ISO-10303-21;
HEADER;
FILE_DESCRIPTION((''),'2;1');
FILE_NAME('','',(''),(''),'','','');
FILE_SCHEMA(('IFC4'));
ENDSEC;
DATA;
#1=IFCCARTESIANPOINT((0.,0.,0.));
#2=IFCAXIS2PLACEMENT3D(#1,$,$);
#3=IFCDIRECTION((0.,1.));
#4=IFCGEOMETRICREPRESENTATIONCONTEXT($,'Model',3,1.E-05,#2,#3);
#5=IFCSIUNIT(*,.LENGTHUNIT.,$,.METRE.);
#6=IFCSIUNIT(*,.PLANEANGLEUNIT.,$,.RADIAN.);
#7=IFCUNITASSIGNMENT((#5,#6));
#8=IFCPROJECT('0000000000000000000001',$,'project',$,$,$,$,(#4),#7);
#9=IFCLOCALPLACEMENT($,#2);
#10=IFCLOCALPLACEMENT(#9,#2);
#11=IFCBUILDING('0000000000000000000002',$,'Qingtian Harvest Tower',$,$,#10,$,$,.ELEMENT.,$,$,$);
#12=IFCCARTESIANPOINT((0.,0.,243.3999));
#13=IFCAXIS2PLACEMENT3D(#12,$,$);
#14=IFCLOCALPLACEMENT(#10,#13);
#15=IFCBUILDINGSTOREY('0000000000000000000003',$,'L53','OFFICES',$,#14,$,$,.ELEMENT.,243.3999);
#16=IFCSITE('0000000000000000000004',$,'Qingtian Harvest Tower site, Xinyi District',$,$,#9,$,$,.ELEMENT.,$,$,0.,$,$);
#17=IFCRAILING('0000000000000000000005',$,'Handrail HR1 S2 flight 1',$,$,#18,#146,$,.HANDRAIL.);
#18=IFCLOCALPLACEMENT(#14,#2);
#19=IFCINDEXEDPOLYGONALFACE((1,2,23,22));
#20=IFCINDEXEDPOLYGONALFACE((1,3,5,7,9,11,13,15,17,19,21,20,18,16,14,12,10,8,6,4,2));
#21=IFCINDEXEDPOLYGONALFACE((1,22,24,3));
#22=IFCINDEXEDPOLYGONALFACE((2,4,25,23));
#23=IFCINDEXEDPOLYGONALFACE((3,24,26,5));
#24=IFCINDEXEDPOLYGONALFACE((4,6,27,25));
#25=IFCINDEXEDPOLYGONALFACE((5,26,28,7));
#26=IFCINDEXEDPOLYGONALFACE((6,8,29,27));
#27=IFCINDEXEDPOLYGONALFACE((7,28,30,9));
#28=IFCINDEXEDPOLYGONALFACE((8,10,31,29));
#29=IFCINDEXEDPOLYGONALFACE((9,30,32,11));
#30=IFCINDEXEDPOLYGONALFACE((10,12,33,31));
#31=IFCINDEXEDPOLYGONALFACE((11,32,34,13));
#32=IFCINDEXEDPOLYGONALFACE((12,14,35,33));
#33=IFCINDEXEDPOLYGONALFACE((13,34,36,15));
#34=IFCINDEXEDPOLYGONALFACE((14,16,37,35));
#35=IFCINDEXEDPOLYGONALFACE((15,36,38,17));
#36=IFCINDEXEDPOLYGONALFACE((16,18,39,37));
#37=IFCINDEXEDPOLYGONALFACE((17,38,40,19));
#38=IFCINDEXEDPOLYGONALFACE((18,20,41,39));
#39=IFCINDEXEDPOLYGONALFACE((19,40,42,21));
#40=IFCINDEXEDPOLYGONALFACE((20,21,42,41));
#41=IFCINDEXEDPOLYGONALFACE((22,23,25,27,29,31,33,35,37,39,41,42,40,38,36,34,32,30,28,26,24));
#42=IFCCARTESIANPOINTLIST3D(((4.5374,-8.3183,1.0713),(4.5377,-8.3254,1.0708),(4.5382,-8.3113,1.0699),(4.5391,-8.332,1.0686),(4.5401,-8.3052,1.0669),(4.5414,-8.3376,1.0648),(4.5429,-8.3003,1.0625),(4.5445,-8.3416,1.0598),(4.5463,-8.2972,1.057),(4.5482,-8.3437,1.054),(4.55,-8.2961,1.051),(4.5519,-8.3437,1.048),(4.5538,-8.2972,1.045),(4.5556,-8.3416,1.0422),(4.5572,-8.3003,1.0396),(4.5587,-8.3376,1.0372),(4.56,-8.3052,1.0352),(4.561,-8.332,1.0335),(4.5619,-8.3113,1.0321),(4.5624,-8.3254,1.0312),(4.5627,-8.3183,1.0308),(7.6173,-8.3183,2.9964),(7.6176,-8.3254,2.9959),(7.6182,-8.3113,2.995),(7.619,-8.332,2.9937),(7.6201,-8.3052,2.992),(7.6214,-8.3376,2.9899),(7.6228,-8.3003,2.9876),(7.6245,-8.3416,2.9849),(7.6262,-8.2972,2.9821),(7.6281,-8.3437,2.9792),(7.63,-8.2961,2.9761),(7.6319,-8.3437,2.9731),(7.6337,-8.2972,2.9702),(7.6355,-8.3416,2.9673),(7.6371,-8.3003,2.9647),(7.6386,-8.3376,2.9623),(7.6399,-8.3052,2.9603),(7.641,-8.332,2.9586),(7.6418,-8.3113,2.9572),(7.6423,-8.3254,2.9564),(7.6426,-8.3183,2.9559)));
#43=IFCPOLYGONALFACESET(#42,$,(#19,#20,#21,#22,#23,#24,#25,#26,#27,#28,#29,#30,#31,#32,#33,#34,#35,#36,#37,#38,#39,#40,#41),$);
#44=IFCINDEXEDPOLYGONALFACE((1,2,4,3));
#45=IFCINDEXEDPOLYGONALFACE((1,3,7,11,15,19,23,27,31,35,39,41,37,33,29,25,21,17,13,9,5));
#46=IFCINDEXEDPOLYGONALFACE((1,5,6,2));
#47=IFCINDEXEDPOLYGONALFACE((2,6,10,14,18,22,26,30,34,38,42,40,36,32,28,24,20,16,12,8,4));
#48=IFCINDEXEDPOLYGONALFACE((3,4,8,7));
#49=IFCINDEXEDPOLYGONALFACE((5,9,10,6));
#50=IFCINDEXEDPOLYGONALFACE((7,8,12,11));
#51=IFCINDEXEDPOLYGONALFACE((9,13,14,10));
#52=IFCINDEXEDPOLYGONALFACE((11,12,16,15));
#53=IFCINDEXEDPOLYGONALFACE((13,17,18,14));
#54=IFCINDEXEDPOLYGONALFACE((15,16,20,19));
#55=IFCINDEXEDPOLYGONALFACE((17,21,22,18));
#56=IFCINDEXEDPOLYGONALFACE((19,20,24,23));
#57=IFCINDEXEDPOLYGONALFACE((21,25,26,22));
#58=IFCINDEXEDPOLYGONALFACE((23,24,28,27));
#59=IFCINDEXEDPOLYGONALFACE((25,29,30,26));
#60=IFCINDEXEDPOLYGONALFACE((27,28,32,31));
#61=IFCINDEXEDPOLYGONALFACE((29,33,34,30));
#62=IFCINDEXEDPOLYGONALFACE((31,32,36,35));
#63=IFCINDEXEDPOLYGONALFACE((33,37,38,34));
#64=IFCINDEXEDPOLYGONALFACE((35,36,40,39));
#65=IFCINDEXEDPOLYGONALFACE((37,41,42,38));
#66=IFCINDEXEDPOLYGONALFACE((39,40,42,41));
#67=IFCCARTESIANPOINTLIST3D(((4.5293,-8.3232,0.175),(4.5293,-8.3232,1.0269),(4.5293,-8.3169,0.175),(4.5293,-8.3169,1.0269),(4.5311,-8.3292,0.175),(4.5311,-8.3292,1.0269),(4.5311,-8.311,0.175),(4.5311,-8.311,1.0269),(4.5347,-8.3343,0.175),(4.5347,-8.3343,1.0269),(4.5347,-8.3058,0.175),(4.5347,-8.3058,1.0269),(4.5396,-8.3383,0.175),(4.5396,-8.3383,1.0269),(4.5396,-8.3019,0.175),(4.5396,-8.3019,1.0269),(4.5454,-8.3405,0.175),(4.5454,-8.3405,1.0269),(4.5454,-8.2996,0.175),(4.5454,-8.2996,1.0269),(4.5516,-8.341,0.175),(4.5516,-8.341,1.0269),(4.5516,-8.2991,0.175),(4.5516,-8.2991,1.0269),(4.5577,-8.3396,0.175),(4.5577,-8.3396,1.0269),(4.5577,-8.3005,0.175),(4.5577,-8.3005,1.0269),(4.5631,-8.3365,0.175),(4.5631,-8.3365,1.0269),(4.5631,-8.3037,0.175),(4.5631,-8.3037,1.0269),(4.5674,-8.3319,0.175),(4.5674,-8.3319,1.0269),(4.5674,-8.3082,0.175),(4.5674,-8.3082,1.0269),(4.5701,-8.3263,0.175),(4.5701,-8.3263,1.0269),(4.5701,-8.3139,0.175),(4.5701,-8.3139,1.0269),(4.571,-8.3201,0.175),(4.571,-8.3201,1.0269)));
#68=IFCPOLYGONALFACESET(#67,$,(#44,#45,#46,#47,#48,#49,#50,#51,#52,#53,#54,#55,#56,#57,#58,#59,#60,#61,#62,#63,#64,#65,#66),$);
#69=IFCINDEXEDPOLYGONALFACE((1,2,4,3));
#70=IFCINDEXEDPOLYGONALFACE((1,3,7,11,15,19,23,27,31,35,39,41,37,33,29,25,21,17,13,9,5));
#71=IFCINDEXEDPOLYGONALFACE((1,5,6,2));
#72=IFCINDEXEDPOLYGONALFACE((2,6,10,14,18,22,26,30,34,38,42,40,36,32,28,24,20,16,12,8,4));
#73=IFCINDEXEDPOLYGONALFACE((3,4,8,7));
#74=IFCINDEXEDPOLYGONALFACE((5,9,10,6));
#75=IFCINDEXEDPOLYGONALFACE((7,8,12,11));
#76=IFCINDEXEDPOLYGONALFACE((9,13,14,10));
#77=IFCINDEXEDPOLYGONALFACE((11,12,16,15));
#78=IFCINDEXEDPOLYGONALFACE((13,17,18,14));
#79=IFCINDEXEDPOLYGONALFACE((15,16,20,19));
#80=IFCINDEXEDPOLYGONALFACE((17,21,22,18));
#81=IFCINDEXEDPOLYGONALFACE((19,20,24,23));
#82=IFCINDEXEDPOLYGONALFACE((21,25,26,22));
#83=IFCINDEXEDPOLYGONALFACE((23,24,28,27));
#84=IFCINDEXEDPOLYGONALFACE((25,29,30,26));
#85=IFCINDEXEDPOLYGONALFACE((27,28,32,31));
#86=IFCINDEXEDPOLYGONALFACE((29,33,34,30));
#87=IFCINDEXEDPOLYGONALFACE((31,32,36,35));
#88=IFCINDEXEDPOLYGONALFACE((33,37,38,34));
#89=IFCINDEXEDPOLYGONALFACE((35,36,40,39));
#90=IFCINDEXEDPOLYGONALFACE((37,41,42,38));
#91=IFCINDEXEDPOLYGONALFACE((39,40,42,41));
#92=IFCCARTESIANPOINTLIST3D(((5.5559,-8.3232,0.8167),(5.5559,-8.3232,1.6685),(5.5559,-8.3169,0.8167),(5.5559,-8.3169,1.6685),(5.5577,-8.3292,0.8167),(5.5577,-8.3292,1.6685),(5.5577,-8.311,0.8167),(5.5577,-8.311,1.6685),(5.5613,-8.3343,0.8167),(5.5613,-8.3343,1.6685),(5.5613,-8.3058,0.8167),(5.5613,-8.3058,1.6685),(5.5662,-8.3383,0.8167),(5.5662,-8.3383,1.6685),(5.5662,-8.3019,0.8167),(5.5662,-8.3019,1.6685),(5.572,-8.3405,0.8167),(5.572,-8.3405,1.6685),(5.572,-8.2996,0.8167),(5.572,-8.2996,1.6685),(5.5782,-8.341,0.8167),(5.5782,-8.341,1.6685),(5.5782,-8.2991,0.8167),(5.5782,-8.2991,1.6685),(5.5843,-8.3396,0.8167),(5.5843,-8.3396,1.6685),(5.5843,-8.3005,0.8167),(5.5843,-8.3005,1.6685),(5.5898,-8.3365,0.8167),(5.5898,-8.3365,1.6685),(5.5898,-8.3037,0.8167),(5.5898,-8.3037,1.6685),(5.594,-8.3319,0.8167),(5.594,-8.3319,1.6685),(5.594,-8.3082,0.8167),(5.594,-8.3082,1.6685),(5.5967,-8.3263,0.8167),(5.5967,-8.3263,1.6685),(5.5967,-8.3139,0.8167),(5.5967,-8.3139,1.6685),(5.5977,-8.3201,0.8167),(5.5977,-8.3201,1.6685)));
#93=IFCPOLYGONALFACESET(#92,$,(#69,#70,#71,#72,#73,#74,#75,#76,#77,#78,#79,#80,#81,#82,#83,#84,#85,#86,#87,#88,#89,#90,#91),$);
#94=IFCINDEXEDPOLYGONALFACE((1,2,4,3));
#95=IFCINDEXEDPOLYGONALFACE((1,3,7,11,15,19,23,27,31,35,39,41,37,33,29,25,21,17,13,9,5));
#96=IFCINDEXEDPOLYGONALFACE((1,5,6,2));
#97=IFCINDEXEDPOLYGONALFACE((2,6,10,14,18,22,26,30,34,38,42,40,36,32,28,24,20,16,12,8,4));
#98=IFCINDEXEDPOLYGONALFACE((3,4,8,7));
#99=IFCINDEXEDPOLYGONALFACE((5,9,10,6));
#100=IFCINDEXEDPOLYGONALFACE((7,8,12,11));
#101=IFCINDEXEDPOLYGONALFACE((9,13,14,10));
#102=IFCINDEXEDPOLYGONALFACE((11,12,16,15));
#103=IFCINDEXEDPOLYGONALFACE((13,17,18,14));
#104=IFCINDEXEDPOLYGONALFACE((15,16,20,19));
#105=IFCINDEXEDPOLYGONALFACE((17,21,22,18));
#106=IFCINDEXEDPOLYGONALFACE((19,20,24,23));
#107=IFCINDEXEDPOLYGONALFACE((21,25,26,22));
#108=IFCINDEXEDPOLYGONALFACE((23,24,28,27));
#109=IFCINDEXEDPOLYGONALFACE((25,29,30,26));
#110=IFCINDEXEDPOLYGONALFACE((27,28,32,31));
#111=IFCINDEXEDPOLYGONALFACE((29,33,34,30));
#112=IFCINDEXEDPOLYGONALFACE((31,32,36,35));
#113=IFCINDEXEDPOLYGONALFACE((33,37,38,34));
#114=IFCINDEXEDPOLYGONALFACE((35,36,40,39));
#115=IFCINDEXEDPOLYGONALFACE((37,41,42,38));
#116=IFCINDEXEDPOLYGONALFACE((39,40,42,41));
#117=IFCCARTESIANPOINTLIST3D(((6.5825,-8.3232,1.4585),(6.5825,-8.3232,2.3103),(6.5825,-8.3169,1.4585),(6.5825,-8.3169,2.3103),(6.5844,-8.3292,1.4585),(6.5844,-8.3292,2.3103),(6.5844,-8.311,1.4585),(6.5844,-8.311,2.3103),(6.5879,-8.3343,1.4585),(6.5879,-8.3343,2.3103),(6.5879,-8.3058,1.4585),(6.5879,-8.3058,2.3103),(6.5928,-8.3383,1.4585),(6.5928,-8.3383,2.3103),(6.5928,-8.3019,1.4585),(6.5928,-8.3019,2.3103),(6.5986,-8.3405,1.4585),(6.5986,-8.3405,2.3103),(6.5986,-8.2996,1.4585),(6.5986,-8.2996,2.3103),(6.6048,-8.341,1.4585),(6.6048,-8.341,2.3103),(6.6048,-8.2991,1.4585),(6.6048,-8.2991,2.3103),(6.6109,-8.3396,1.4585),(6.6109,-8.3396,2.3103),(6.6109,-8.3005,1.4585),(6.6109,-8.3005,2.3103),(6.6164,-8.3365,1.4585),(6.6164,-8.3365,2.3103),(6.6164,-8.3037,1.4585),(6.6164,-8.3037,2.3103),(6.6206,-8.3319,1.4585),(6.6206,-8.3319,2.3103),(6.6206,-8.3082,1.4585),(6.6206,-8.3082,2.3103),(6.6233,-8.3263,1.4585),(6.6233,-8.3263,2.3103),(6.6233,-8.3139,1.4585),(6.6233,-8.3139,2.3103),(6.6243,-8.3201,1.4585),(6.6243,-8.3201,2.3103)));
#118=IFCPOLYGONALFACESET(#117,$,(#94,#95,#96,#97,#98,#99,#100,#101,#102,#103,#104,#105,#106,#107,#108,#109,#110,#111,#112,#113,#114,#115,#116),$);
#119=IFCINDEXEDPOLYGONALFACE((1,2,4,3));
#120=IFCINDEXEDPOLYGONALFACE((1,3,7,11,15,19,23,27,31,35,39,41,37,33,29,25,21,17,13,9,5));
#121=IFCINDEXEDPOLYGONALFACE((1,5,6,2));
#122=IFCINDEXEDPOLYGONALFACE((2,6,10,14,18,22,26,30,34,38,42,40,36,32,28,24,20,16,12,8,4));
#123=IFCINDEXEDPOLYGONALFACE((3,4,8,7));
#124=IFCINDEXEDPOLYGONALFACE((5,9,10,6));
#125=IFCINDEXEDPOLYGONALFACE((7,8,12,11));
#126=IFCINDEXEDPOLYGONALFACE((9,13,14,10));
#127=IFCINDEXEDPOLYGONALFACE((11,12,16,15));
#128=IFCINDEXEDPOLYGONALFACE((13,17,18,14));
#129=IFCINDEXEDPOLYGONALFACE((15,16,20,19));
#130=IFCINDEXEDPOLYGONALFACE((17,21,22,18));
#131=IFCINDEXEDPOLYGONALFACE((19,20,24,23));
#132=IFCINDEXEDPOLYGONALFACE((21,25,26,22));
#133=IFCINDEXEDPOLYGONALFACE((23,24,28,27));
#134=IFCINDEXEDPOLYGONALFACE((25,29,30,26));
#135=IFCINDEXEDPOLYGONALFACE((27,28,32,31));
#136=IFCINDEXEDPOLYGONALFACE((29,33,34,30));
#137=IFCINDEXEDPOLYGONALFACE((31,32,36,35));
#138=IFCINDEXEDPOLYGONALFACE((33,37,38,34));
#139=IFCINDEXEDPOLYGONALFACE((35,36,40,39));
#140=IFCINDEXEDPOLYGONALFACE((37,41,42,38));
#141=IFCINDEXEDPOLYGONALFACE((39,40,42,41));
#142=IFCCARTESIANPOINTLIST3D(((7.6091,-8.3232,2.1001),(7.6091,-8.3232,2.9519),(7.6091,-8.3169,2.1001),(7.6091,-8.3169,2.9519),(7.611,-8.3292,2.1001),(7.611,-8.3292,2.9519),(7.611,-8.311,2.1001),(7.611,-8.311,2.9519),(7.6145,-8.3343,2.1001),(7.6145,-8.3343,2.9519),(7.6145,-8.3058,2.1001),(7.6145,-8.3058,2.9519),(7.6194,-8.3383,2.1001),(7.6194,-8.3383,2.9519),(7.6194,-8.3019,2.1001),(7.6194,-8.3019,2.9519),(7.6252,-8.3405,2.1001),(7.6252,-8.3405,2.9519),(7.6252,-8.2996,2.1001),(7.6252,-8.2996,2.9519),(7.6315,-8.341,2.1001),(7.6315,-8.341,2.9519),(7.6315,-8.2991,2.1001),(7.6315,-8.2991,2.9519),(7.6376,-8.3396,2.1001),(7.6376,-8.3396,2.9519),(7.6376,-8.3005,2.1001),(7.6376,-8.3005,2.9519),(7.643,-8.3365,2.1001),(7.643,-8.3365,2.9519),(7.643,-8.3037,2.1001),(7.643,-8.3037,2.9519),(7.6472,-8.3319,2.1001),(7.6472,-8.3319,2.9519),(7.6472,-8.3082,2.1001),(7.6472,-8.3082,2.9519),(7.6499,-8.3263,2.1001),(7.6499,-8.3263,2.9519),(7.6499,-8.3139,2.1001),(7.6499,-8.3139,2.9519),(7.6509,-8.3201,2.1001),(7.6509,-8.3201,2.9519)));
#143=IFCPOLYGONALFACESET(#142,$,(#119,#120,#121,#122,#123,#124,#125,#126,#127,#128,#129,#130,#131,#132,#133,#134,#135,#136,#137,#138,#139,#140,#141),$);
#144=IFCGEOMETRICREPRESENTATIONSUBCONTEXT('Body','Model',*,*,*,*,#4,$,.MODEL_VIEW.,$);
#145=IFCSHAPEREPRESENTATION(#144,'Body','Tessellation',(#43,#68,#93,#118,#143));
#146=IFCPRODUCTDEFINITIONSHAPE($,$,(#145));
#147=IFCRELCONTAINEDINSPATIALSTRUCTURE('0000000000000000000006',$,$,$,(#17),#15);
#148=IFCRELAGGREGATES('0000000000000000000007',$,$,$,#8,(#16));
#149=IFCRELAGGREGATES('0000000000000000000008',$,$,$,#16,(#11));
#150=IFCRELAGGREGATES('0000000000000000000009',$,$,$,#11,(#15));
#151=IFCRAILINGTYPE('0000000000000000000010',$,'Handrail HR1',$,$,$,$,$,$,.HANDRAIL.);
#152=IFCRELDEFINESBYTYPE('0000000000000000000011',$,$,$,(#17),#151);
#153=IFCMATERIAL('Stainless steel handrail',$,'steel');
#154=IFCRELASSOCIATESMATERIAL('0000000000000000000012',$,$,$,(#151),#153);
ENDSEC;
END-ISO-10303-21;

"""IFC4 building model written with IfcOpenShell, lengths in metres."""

from ifc_helpers import new_model, si_unit, direction, frame, origin, origin_2d, place, context, subcontext, project, spatial, circle, extrude, material, type_object, element, save


model = new_model("IFC4")

# Units and contexts
model_context = context("Model", 3, precision=1e-05, world=origin(), true_north=direction((0.0, 1.0)))
body_context = subcontext(model_context, "Body", "Model", "MODEL_VIEW")
ifc_project = project(units=[si_unit("LENGTHUNIT", "METRE"), si_unit("PLANEANGLEUNIT", "RADIAN")], contexts=[model_context])

# Site, building, storey
site_placement = place(None, origin())
site = spatial("IfcSite", under=ifc_project, at=site_placement, Name="Qingtian Harvest Tower site, Xinyi District", CompositionType="ELEMENT", RefElevation=0.0)
building_placement = place(site_placement, origin())
building = spatial("IfcBuilding", under=site, at=building_placement, Name="Qingtian Harvest Tower", CompositionType="ELEMENT")
storey_placement = place(building_placement, frame((0.0, 0.0, 243.3999)))
storey = spatial("IfcBuildingStorey", under=building, at=storey_placement, Name="L53", Description="OFFICES", CompositionType="ELEMENT", Elevation=243.3999)

# Railing
ifc_material_1 = material(Name="Stainless steel handrail", Category="steel")
railing_type = type_object("IfcRailingType", Name="Handrail HR1", PredefinedType="HANDRAIL", material=ifc_material_1)
railing_1_placement = place(storey_placement, frame((4.55, -8.3201, 0.175)))
element("IfcRailing", 1, at=railing_1_placement, inside=storey, type_object=railing_type, Name="Handrail HR1 S2 flight 1", PredefinedType="HANDRAIL", context=body_context, shape_type="SweptSolid", body=[
    extrude(circle(Radius=0.0239, at=origin_2d()), frame((0.0, 0.0, 0.876), z_axis=(0.847979, 0.0, 0.530029), x_axis=(0.0, 1.0, 0.0)), (0.0, 0.0, 1.0), 3.6321),
    extrude(circle(Radius=0.021, at=origin_2d()), origin(), (0.0, 0.0, 1.0), 0.8518),
    extrude(circle(Radius=0.021, at=origin_2d()), frame((1.0266, 0.0, 0.6416)), (0.0, 0.0, 1.0), 0.8518),
    extrude(circle(Radius=0.021, at=origin_2d()), frame((2.0532, 0.0, 1.2834)), (0.0, 0.0, 1.0), 0.8518),
    extrude(circle(Radius=0.021, at=origin_2d()), frame((3.0798, 0.0, 1.925)), (0.0, 0.0, 1.0), 0.8518),
])

save(model, "model.ifc")
